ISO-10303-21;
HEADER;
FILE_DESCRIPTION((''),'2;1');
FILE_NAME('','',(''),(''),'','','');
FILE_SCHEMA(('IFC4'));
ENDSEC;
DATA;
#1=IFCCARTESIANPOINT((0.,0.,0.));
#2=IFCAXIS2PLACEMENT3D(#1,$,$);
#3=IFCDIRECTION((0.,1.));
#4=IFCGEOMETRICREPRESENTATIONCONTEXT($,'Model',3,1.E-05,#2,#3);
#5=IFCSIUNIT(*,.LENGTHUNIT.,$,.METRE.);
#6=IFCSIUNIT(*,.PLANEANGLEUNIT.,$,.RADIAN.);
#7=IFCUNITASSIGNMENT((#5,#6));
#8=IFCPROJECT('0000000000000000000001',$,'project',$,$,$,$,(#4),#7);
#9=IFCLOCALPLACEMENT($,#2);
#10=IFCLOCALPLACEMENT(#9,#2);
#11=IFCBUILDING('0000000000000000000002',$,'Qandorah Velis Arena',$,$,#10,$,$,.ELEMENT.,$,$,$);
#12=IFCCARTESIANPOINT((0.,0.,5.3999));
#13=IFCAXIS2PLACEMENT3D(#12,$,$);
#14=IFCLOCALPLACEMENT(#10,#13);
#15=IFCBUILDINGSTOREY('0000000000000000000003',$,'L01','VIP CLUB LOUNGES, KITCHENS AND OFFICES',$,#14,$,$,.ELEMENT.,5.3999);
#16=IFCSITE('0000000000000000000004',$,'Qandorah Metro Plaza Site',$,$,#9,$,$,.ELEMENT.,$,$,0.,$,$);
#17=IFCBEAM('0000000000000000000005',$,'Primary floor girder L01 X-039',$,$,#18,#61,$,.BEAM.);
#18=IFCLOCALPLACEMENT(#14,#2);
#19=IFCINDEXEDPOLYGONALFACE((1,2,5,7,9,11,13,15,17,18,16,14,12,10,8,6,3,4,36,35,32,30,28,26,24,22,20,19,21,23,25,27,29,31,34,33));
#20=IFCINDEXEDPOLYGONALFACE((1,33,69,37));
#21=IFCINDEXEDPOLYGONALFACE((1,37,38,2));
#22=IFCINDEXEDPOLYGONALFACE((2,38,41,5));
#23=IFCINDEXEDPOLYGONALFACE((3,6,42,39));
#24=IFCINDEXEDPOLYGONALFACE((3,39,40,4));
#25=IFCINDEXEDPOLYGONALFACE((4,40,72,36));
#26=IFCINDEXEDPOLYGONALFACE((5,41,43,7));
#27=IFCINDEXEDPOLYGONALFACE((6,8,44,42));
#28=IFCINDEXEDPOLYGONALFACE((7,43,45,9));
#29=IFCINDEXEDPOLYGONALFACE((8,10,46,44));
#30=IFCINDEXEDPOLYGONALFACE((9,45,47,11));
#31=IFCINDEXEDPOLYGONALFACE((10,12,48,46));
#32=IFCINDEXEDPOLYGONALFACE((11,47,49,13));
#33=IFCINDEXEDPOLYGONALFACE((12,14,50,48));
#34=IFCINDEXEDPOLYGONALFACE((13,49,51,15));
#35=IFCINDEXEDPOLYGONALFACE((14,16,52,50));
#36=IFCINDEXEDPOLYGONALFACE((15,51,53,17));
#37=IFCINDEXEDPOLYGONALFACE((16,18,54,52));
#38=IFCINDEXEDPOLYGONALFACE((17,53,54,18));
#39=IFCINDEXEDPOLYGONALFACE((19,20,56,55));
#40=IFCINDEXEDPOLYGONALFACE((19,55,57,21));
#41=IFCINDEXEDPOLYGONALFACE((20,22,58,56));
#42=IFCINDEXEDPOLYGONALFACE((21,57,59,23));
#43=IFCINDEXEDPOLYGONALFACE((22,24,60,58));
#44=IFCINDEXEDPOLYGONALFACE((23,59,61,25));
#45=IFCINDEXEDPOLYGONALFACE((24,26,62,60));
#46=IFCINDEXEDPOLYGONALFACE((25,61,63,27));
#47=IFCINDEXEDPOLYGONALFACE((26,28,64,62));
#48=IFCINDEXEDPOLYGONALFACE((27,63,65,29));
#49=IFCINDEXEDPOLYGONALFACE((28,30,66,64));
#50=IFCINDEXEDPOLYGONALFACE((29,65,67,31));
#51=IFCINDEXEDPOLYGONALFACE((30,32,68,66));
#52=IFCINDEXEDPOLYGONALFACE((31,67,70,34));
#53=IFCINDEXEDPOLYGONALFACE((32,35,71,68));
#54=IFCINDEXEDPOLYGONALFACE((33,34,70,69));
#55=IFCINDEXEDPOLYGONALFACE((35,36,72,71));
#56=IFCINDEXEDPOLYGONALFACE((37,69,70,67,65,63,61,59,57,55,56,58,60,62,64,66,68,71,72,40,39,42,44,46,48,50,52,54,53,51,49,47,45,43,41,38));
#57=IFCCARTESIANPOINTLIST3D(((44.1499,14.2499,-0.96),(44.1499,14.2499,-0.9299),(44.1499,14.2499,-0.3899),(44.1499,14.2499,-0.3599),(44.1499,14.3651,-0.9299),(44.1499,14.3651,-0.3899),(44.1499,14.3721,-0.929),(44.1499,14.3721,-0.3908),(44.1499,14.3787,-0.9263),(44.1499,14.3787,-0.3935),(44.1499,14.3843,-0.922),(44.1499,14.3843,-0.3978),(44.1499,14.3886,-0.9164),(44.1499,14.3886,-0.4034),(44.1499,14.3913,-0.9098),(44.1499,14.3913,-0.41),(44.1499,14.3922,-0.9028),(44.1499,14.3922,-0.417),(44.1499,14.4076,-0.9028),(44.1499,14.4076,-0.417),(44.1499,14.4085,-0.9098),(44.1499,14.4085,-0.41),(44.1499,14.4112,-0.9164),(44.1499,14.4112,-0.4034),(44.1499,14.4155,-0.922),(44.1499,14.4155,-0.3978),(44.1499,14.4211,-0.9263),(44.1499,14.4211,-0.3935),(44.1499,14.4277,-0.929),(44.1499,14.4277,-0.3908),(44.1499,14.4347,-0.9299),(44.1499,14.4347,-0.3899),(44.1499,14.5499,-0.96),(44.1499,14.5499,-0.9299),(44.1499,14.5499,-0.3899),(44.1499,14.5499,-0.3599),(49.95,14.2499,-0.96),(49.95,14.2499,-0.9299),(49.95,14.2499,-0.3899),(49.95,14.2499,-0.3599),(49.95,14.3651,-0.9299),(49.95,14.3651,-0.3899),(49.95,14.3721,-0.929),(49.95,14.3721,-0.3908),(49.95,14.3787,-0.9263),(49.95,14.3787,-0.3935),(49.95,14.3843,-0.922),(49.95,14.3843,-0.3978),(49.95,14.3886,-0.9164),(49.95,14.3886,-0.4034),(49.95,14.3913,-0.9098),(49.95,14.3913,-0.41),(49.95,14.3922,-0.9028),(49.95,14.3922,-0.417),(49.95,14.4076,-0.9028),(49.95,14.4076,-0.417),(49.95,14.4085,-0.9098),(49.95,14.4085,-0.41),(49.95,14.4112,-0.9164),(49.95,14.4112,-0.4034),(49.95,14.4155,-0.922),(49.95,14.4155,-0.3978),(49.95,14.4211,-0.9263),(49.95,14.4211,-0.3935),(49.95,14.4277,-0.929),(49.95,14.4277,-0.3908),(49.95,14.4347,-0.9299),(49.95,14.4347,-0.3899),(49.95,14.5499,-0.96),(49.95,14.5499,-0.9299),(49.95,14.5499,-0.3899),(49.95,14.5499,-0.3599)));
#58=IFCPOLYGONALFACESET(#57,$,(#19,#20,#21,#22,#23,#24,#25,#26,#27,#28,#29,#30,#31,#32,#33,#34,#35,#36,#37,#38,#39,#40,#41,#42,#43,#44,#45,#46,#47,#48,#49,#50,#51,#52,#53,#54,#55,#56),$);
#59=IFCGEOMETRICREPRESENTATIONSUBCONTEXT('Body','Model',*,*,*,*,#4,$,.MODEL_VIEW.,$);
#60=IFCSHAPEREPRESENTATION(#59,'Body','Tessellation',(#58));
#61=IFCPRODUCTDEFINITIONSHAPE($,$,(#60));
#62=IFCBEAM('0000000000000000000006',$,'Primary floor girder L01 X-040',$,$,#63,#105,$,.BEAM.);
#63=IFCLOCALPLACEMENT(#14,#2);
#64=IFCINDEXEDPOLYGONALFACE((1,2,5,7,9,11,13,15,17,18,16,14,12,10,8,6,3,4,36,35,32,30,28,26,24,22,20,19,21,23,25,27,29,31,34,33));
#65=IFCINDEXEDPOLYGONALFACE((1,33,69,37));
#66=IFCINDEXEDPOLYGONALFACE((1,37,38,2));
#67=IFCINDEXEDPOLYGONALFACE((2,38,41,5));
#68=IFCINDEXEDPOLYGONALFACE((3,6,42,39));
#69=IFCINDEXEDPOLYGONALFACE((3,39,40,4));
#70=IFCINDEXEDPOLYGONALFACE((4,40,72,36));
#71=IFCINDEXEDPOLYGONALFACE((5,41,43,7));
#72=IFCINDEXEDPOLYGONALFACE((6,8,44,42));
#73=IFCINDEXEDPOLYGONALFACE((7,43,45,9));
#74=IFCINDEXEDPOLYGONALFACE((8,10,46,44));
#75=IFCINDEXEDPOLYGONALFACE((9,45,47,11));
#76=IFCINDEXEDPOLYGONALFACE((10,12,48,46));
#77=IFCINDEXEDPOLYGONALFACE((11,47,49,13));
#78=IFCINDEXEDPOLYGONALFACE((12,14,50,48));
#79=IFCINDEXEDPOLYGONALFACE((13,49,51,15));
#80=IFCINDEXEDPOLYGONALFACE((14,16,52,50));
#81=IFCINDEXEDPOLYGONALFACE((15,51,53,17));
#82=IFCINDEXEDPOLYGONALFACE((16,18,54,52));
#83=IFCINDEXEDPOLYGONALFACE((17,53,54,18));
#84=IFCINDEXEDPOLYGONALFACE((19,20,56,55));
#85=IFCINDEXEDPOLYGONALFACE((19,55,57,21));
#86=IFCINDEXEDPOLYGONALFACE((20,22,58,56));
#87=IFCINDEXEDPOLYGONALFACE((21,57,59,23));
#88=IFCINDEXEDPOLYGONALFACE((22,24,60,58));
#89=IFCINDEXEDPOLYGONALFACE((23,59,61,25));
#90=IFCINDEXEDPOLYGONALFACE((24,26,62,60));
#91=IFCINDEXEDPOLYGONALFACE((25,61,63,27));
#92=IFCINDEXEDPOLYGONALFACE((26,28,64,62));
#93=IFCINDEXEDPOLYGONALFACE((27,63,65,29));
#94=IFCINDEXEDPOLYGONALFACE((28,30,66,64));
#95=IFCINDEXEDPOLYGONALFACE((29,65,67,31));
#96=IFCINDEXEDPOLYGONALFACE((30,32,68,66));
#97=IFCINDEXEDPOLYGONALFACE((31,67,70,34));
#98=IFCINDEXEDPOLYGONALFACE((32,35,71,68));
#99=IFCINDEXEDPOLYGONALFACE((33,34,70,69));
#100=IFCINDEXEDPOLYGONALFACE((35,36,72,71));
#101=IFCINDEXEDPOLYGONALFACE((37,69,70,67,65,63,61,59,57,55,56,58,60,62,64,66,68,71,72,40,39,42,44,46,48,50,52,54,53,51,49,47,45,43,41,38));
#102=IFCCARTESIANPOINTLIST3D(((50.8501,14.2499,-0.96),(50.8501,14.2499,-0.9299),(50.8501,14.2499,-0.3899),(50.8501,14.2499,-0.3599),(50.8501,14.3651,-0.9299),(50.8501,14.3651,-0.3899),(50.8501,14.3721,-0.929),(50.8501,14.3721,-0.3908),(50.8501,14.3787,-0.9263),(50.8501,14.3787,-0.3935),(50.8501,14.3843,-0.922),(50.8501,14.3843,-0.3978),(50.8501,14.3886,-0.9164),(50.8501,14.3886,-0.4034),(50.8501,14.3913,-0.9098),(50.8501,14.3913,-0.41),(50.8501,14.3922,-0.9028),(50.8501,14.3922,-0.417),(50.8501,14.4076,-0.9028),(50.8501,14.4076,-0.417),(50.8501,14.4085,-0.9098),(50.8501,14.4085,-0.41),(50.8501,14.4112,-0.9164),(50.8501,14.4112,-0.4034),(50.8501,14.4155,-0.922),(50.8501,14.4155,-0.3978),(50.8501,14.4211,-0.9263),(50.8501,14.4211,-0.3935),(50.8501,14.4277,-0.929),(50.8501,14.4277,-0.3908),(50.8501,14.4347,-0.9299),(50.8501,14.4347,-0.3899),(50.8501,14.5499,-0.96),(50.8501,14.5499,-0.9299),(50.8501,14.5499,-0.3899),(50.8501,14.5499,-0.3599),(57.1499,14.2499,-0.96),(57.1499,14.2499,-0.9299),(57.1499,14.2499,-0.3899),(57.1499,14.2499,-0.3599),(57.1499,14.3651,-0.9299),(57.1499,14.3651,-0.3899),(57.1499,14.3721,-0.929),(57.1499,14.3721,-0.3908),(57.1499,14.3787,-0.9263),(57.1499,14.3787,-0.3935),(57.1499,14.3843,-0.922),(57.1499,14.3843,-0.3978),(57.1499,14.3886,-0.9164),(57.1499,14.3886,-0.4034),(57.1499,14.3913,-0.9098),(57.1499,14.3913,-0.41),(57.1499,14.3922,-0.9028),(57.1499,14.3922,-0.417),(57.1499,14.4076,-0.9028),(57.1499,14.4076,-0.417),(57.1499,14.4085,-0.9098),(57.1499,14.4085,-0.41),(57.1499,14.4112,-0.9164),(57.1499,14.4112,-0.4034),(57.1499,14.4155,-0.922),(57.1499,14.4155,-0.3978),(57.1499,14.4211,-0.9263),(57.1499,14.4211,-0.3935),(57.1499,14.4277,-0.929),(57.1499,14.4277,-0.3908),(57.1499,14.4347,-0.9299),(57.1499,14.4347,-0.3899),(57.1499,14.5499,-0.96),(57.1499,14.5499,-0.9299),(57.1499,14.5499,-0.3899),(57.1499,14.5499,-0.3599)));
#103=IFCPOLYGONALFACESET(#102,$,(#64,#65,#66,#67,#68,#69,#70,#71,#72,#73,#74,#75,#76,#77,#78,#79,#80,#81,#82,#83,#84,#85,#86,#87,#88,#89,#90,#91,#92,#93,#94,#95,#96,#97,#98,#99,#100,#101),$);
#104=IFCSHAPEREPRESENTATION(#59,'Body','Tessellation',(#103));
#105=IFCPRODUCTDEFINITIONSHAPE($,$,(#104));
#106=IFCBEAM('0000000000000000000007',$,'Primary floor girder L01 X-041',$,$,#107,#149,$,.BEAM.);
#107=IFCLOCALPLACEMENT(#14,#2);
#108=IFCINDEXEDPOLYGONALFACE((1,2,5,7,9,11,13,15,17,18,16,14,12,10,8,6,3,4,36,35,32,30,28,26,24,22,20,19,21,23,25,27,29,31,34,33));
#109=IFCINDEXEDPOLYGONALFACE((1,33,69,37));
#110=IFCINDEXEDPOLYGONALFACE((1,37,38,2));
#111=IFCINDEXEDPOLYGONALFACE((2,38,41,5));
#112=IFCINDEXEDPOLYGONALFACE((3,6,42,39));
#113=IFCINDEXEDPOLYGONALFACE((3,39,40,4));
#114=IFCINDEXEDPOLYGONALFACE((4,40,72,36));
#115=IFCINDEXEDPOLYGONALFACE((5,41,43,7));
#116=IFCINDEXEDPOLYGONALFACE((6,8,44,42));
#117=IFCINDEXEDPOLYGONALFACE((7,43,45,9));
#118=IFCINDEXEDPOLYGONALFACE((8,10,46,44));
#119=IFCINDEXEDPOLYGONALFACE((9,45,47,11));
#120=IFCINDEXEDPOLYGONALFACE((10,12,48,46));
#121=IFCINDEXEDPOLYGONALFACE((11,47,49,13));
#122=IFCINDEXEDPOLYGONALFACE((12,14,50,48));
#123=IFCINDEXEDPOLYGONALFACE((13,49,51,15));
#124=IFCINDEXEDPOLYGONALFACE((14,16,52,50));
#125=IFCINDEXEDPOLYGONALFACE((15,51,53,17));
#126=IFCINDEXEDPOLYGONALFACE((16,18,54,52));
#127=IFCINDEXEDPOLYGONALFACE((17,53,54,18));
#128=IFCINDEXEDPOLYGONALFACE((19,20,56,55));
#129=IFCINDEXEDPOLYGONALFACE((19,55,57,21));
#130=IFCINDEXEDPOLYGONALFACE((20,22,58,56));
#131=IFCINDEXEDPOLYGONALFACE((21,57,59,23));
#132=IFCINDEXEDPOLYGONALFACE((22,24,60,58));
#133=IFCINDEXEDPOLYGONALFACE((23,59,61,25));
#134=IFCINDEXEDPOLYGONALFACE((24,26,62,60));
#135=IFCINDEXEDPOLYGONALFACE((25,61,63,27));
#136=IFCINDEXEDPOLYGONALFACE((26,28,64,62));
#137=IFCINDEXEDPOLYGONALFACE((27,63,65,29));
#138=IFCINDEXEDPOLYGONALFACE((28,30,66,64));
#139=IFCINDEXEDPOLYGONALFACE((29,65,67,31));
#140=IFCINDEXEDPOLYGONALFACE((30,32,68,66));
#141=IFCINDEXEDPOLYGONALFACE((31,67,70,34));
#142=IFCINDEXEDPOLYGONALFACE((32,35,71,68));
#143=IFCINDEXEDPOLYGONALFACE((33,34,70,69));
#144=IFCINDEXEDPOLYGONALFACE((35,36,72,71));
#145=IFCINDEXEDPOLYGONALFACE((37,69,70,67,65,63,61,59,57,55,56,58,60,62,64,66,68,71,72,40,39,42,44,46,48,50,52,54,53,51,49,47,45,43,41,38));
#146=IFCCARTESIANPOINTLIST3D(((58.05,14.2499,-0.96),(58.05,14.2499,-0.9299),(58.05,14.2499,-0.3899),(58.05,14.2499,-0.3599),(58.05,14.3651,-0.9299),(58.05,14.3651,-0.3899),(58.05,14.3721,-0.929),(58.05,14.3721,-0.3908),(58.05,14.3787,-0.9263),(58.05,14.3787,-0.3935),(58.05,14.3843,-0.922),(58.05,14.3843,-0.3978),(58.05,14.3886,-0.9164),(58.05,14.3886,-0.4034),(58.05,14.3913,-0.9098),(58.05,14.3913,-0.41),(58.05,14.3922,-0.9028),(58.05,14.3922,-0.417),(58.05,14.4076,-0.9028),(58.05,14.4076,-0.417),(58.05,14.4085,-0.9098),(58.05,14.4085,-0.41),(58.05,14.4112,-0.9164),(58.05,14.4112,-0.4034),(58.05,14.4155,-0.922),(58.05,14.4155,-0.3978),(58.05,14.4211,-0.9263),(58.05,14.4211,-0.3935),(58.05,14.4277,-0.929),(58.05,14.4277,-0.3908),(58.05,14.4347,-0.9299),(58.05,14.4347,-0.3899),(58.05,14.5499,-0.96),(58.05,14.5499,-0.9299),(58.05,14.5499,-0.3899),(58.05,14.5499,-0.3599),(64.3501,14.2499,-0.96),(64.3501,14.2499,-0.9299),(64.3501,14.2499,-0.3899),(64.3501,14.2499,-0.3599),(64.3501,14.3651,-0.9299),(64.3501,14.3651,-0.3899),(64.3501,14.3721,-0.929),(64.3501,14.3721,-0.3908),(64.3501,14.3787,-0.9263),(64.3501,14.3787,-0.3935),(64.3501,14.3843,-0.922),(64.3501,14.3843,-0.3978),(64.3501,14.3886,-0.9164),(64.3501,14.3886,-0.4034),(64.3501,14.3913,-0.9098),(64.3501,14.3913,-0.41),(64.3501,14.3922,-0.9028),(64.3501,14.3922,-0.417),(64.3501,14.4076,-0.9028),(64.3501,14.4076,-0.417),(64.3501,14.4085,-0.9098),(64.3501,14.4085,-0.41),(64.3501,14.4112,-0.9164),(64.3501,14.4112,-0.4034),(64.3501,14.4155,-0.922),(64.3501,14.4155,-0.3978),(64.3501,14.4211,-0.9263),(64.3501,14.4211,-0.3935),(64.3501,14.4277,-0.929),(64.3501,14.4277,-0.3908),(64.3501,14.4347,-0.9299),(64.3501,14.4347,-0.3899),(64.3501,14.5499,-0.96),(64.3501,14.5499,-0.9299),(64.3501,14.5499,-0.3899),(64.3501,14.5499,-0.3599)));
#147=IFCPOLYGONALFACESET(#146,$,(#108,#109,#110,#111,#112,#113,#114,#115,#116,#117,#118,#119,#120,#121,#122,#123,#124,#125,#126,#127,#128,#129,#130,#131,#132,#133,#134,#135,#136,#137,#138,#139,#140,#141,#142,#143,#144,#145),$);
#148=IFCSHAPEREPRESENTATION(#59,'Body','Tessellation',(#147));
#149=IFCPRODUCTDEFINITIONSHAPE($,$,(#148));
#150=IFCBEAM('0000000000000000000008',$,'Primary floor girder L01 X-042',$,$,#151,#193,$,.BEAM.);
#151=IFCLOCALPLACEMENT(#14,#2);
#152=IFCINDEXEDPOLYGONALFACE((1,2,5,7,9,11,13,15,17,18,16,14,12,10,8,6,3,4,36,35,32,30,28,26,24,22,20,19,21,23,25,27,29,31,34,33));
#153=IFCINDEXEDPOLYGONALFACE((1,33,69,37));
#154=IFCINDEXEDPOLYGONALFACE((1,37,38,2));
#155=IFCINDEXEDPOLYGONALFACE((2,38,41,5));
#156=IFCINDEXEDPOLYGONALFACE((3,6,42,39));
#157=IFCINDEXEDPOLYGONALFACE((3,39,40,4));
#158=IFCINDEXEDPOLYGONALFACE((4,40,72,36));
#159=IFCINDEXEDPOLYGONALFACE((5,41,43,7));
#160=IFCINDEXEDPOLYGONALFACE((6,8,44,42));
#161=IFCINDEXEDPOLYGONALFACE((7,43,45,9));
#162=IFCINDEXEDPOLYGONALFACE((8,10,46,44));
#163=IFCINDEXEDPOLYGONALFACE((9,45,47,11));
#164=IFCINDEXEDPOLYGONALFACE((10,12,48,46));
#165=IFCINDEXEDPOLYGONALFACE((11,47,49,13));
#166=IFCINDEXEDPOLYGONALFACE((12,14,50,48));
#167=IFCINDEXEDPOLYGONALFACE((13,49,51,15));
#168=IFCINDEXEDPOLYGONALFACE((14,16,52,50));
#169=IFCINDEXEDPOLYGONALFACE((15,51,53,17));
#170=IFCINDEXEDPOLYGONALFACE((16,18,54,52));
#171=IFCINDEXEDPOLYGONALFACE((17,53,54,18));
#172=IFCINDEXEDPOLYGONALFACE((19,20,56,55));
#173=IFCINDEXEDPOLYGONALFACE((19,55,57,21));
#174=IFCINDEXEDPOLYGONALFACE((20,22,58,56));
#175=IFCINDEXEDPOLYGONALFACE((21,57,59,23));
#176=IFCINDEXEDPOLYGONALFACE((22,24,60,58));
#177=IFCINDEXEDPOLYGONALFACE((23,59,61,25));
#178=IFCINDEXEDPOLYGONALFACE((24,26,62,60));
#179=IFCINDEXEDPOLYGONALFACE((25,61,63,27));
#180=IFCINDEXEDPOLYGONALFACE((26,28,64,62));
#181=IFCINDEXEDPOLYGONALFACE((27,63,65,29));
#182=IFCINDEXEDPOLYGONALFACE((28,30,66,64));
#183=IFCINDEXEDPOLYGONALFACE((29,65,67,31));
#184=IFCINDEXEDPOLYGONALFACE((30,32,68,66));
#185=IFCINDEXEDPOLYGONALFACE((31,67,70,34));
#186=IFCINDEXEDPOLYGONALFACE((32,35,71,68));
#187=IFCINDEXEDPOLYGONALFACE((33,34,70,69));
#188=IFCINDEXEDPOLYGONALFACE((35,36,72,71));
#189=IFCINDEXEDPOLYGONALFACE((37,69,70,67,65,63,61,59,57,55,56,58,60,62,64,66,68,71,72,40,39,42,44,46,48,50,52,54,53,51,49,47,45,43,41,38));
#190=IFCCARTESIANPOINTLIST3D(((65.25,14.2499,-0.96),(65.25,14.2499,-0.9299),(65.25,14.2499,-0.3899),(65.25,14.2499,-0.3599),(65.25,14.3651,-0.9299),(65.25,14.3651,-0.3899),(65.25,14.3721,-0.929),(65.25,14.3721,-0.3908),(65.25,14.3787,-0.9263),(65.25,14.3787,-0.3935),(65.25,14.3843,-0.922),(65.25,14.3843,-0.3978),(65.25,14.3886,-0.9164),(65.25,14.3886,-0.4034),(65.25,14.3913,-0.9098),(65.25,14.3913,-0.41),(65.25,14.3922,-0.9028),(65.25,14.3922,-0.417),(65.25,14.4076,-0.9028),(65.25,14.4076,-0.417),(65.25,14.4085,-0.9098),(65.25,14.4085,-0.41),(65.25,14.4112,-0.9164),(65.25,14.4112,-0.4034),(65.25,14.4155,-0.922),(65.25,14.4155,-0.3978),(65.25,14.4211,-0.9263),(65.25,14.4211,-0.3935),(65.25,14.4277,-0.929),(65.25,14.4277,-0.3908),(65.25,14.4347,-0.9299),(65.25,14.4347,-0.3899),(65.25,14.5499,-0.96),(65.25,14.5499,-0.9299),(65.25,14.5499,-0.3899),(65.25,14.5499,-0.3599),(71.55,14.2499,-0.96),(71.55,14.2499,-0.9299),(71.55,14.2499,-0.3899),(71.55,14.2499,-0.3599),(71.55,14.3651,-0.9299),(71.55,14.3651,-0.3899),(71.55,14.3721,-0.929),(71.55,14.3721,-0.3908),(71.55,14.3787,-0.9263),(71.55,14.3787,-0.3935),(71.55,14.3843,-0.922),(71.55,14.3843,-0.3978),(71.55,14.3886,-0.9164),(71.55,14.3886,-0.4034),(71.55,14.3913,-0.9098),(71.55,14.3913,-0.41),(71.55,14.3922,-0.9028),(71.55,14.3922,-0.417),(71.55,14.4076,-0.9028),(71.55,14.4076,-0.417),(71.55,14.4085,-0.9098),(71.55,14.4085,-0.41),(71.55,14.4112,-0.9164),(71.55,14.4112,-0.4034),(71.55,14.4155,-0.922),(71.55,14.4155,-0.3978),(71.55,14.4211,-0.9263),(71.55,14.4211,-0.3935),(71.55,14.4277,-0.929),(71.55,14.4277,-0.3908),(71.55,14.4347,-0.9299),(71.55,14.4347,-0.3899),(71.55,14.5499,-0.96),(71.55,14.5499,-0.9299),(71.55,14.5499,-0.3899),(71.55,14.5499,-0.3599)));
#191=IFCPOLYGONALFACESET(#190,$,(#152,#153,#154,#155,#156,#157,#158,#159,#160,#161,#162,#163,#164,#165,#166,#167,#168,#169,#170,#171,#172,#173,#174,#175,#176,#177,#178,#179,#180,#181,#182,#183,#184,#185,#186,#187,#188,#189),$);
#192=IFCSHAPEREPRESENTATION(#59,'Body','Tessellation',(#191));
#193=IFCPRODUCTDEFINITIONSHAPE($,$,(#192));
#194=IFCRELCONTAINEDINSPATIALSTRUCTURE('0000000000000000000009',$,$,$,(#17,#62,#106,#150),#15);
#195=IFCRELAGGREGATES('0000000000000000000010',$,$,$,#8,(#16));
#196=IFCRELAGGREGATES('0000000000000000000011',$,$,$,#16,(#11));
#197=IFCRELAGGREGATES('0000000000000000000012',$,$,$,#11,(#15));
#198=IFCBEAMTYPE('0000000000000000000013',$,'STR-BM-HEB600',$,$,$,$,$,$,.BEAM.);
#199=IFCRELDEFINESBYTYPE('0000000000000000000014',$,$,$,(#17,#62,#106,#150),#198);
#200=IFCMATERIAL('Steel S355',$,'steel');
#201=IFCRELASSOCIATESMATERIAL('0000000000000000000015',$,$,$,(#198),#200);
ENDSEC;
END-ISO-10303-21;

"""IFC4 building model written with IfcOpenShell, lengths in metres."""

from ifc_helpers import new_model, si_unit, direction, frame, origin, origin_2d, place, context, subcontext, project, spatial, i_section, extrude, material, material_profile, profile_set, type_object, element, save


model = new_model("IFC4")

# Units and contexts
model_context = context("Model", 3, precision=1e-05, world=origin(), true_north=direction((0.0, 1.0)))
body_context = subcontext(model_context, "Body", "Model", "MODEL_VIEW")
ifc_project = project(units=[si_unit("LENGTHUNIT", "METRE"), si_unit("PLANEANGLEUNIT", "RADIAN")], contexts=[model_context])

# Site, building, storey
site_placement = place(None, origin())
site = spatial("IfcSite", under=ifc_project, at=site_placement, Name="Qandorah Metro Plaza Site", CompositionType="ELEMENT", RefElevation=0.0)
building_placement = place(site_placement, origin())
building = spatial("IfcBuilding", under=site, at=building_placement, Name="Qandorah Velis Arena", CompositionType="ELEMENT")
storey_placement = place(building_placement, frame((0.0, 0.0, 5.3999)))
storey = spatial("IfcBuildingStorey", under=building, at=storey_placement, Name="L01", Description="VIP CLUB LOUNGES, KITCHENS AND OFFICES", CompositionType="ELEMENT", Elevation=5.3999)

# Beams
ifc_material_1 = material(Name="Steel S355", Category="steel")
ifc_material_profile_1 = material_profile(ifc_material_1, i_section(OverallWidth=0.3, OverallDepth=0.6001, WebThickness=0.0154, FlangeThickness=0.03, FilletRadius=0.0271, at=origin_2d()), Name="HEB 600")
ifc_profile_set_1 = profile_set([ifc_material_profile_1], Name="Steel S355")
beam_type_1 = type_object("IfcBeamType", Name="STR-BM-HEB600", PredefinedType="BEAM", material=ifc_profile_set_1)
beam_1_placement = place(storey_placement, frame((44.1499, 14.3999, -0.6599), z_axis=(1.0, 0.0, 0.0), x_axis=(0.0, 1.0, 0.0)))
element("IfcBeam", 1, at=beam_1_placement, inside=storey, type_object=beam_type_1, Name="Primary floor girder L01 X-039", PredefinedType="BEAM", context=body_context, shape_type="SweptSolid", body=[
    extrude(i_section(OverallWidth=0.3, OverallDepth=0.6001, WebThickness=0.0154, FlangeThickness=0.03, FilletRadius=0.0271, at=origin_2d()), origin(), (0.0, 0.0, 1.0), 5.8),
])
beam_2_placement = place(storey_placement, frame((50.8501, 14.3999, -0.6599), z_axis=(1.0, 0.0, 0.0), x_axis=(0.0, 1.0, 0.0)))
element("IfcBeam", 2, at=beam_2_placement, inside=storey, type_object=beam_type_1, Name="Primary floor girder L01 X-040", PredefinedType="BEAM", context=body_context, shape_type="SweptSolid", body=[
    extrude(i_section(OverallWidth=0.3, OverallDepth=0.6001, WebThickness=0.0154, FlangeThickness=0.03, FilletRadius=0.0271, at=origin_2d()), origin(), (0.0, 0.0, 1.0), 6.2998),
])
for number, where, z_axis, x_axis, name in (
    (3, (58.05, 14.3999, -0.6599), (1.0, 0.0, 0.0), (0.0, 1.0, 0.0), "Primary floor girder L01 X-041"),
    (4, (65.25, 14.3999, -0.6599), (1.0, 0.0, 0.0), (0.0, 1.0, 0.0), "Primary floor girder L01 X-042"),
):
    element("IfcBeam", number, at=place(storey_placement, frame(where, z_axis=z_axis, x_axis=x_axis)), inside=storey, type_object=beam_type_1, Name=name, PredefinedType="BEAM", context=body_context, shape_type="SweptSolid", body=[
        extrude(i_section(OverallWidth=0.3, OverallDepth=0.6001, WebThickness=0.0154, FlangeThickness=0.03, FilletRadius=0.0271, at=origin_2d()), origin(), (0.0, 0.0, 1.0), 6.3),
    ])

save(model, "model.ifc")
